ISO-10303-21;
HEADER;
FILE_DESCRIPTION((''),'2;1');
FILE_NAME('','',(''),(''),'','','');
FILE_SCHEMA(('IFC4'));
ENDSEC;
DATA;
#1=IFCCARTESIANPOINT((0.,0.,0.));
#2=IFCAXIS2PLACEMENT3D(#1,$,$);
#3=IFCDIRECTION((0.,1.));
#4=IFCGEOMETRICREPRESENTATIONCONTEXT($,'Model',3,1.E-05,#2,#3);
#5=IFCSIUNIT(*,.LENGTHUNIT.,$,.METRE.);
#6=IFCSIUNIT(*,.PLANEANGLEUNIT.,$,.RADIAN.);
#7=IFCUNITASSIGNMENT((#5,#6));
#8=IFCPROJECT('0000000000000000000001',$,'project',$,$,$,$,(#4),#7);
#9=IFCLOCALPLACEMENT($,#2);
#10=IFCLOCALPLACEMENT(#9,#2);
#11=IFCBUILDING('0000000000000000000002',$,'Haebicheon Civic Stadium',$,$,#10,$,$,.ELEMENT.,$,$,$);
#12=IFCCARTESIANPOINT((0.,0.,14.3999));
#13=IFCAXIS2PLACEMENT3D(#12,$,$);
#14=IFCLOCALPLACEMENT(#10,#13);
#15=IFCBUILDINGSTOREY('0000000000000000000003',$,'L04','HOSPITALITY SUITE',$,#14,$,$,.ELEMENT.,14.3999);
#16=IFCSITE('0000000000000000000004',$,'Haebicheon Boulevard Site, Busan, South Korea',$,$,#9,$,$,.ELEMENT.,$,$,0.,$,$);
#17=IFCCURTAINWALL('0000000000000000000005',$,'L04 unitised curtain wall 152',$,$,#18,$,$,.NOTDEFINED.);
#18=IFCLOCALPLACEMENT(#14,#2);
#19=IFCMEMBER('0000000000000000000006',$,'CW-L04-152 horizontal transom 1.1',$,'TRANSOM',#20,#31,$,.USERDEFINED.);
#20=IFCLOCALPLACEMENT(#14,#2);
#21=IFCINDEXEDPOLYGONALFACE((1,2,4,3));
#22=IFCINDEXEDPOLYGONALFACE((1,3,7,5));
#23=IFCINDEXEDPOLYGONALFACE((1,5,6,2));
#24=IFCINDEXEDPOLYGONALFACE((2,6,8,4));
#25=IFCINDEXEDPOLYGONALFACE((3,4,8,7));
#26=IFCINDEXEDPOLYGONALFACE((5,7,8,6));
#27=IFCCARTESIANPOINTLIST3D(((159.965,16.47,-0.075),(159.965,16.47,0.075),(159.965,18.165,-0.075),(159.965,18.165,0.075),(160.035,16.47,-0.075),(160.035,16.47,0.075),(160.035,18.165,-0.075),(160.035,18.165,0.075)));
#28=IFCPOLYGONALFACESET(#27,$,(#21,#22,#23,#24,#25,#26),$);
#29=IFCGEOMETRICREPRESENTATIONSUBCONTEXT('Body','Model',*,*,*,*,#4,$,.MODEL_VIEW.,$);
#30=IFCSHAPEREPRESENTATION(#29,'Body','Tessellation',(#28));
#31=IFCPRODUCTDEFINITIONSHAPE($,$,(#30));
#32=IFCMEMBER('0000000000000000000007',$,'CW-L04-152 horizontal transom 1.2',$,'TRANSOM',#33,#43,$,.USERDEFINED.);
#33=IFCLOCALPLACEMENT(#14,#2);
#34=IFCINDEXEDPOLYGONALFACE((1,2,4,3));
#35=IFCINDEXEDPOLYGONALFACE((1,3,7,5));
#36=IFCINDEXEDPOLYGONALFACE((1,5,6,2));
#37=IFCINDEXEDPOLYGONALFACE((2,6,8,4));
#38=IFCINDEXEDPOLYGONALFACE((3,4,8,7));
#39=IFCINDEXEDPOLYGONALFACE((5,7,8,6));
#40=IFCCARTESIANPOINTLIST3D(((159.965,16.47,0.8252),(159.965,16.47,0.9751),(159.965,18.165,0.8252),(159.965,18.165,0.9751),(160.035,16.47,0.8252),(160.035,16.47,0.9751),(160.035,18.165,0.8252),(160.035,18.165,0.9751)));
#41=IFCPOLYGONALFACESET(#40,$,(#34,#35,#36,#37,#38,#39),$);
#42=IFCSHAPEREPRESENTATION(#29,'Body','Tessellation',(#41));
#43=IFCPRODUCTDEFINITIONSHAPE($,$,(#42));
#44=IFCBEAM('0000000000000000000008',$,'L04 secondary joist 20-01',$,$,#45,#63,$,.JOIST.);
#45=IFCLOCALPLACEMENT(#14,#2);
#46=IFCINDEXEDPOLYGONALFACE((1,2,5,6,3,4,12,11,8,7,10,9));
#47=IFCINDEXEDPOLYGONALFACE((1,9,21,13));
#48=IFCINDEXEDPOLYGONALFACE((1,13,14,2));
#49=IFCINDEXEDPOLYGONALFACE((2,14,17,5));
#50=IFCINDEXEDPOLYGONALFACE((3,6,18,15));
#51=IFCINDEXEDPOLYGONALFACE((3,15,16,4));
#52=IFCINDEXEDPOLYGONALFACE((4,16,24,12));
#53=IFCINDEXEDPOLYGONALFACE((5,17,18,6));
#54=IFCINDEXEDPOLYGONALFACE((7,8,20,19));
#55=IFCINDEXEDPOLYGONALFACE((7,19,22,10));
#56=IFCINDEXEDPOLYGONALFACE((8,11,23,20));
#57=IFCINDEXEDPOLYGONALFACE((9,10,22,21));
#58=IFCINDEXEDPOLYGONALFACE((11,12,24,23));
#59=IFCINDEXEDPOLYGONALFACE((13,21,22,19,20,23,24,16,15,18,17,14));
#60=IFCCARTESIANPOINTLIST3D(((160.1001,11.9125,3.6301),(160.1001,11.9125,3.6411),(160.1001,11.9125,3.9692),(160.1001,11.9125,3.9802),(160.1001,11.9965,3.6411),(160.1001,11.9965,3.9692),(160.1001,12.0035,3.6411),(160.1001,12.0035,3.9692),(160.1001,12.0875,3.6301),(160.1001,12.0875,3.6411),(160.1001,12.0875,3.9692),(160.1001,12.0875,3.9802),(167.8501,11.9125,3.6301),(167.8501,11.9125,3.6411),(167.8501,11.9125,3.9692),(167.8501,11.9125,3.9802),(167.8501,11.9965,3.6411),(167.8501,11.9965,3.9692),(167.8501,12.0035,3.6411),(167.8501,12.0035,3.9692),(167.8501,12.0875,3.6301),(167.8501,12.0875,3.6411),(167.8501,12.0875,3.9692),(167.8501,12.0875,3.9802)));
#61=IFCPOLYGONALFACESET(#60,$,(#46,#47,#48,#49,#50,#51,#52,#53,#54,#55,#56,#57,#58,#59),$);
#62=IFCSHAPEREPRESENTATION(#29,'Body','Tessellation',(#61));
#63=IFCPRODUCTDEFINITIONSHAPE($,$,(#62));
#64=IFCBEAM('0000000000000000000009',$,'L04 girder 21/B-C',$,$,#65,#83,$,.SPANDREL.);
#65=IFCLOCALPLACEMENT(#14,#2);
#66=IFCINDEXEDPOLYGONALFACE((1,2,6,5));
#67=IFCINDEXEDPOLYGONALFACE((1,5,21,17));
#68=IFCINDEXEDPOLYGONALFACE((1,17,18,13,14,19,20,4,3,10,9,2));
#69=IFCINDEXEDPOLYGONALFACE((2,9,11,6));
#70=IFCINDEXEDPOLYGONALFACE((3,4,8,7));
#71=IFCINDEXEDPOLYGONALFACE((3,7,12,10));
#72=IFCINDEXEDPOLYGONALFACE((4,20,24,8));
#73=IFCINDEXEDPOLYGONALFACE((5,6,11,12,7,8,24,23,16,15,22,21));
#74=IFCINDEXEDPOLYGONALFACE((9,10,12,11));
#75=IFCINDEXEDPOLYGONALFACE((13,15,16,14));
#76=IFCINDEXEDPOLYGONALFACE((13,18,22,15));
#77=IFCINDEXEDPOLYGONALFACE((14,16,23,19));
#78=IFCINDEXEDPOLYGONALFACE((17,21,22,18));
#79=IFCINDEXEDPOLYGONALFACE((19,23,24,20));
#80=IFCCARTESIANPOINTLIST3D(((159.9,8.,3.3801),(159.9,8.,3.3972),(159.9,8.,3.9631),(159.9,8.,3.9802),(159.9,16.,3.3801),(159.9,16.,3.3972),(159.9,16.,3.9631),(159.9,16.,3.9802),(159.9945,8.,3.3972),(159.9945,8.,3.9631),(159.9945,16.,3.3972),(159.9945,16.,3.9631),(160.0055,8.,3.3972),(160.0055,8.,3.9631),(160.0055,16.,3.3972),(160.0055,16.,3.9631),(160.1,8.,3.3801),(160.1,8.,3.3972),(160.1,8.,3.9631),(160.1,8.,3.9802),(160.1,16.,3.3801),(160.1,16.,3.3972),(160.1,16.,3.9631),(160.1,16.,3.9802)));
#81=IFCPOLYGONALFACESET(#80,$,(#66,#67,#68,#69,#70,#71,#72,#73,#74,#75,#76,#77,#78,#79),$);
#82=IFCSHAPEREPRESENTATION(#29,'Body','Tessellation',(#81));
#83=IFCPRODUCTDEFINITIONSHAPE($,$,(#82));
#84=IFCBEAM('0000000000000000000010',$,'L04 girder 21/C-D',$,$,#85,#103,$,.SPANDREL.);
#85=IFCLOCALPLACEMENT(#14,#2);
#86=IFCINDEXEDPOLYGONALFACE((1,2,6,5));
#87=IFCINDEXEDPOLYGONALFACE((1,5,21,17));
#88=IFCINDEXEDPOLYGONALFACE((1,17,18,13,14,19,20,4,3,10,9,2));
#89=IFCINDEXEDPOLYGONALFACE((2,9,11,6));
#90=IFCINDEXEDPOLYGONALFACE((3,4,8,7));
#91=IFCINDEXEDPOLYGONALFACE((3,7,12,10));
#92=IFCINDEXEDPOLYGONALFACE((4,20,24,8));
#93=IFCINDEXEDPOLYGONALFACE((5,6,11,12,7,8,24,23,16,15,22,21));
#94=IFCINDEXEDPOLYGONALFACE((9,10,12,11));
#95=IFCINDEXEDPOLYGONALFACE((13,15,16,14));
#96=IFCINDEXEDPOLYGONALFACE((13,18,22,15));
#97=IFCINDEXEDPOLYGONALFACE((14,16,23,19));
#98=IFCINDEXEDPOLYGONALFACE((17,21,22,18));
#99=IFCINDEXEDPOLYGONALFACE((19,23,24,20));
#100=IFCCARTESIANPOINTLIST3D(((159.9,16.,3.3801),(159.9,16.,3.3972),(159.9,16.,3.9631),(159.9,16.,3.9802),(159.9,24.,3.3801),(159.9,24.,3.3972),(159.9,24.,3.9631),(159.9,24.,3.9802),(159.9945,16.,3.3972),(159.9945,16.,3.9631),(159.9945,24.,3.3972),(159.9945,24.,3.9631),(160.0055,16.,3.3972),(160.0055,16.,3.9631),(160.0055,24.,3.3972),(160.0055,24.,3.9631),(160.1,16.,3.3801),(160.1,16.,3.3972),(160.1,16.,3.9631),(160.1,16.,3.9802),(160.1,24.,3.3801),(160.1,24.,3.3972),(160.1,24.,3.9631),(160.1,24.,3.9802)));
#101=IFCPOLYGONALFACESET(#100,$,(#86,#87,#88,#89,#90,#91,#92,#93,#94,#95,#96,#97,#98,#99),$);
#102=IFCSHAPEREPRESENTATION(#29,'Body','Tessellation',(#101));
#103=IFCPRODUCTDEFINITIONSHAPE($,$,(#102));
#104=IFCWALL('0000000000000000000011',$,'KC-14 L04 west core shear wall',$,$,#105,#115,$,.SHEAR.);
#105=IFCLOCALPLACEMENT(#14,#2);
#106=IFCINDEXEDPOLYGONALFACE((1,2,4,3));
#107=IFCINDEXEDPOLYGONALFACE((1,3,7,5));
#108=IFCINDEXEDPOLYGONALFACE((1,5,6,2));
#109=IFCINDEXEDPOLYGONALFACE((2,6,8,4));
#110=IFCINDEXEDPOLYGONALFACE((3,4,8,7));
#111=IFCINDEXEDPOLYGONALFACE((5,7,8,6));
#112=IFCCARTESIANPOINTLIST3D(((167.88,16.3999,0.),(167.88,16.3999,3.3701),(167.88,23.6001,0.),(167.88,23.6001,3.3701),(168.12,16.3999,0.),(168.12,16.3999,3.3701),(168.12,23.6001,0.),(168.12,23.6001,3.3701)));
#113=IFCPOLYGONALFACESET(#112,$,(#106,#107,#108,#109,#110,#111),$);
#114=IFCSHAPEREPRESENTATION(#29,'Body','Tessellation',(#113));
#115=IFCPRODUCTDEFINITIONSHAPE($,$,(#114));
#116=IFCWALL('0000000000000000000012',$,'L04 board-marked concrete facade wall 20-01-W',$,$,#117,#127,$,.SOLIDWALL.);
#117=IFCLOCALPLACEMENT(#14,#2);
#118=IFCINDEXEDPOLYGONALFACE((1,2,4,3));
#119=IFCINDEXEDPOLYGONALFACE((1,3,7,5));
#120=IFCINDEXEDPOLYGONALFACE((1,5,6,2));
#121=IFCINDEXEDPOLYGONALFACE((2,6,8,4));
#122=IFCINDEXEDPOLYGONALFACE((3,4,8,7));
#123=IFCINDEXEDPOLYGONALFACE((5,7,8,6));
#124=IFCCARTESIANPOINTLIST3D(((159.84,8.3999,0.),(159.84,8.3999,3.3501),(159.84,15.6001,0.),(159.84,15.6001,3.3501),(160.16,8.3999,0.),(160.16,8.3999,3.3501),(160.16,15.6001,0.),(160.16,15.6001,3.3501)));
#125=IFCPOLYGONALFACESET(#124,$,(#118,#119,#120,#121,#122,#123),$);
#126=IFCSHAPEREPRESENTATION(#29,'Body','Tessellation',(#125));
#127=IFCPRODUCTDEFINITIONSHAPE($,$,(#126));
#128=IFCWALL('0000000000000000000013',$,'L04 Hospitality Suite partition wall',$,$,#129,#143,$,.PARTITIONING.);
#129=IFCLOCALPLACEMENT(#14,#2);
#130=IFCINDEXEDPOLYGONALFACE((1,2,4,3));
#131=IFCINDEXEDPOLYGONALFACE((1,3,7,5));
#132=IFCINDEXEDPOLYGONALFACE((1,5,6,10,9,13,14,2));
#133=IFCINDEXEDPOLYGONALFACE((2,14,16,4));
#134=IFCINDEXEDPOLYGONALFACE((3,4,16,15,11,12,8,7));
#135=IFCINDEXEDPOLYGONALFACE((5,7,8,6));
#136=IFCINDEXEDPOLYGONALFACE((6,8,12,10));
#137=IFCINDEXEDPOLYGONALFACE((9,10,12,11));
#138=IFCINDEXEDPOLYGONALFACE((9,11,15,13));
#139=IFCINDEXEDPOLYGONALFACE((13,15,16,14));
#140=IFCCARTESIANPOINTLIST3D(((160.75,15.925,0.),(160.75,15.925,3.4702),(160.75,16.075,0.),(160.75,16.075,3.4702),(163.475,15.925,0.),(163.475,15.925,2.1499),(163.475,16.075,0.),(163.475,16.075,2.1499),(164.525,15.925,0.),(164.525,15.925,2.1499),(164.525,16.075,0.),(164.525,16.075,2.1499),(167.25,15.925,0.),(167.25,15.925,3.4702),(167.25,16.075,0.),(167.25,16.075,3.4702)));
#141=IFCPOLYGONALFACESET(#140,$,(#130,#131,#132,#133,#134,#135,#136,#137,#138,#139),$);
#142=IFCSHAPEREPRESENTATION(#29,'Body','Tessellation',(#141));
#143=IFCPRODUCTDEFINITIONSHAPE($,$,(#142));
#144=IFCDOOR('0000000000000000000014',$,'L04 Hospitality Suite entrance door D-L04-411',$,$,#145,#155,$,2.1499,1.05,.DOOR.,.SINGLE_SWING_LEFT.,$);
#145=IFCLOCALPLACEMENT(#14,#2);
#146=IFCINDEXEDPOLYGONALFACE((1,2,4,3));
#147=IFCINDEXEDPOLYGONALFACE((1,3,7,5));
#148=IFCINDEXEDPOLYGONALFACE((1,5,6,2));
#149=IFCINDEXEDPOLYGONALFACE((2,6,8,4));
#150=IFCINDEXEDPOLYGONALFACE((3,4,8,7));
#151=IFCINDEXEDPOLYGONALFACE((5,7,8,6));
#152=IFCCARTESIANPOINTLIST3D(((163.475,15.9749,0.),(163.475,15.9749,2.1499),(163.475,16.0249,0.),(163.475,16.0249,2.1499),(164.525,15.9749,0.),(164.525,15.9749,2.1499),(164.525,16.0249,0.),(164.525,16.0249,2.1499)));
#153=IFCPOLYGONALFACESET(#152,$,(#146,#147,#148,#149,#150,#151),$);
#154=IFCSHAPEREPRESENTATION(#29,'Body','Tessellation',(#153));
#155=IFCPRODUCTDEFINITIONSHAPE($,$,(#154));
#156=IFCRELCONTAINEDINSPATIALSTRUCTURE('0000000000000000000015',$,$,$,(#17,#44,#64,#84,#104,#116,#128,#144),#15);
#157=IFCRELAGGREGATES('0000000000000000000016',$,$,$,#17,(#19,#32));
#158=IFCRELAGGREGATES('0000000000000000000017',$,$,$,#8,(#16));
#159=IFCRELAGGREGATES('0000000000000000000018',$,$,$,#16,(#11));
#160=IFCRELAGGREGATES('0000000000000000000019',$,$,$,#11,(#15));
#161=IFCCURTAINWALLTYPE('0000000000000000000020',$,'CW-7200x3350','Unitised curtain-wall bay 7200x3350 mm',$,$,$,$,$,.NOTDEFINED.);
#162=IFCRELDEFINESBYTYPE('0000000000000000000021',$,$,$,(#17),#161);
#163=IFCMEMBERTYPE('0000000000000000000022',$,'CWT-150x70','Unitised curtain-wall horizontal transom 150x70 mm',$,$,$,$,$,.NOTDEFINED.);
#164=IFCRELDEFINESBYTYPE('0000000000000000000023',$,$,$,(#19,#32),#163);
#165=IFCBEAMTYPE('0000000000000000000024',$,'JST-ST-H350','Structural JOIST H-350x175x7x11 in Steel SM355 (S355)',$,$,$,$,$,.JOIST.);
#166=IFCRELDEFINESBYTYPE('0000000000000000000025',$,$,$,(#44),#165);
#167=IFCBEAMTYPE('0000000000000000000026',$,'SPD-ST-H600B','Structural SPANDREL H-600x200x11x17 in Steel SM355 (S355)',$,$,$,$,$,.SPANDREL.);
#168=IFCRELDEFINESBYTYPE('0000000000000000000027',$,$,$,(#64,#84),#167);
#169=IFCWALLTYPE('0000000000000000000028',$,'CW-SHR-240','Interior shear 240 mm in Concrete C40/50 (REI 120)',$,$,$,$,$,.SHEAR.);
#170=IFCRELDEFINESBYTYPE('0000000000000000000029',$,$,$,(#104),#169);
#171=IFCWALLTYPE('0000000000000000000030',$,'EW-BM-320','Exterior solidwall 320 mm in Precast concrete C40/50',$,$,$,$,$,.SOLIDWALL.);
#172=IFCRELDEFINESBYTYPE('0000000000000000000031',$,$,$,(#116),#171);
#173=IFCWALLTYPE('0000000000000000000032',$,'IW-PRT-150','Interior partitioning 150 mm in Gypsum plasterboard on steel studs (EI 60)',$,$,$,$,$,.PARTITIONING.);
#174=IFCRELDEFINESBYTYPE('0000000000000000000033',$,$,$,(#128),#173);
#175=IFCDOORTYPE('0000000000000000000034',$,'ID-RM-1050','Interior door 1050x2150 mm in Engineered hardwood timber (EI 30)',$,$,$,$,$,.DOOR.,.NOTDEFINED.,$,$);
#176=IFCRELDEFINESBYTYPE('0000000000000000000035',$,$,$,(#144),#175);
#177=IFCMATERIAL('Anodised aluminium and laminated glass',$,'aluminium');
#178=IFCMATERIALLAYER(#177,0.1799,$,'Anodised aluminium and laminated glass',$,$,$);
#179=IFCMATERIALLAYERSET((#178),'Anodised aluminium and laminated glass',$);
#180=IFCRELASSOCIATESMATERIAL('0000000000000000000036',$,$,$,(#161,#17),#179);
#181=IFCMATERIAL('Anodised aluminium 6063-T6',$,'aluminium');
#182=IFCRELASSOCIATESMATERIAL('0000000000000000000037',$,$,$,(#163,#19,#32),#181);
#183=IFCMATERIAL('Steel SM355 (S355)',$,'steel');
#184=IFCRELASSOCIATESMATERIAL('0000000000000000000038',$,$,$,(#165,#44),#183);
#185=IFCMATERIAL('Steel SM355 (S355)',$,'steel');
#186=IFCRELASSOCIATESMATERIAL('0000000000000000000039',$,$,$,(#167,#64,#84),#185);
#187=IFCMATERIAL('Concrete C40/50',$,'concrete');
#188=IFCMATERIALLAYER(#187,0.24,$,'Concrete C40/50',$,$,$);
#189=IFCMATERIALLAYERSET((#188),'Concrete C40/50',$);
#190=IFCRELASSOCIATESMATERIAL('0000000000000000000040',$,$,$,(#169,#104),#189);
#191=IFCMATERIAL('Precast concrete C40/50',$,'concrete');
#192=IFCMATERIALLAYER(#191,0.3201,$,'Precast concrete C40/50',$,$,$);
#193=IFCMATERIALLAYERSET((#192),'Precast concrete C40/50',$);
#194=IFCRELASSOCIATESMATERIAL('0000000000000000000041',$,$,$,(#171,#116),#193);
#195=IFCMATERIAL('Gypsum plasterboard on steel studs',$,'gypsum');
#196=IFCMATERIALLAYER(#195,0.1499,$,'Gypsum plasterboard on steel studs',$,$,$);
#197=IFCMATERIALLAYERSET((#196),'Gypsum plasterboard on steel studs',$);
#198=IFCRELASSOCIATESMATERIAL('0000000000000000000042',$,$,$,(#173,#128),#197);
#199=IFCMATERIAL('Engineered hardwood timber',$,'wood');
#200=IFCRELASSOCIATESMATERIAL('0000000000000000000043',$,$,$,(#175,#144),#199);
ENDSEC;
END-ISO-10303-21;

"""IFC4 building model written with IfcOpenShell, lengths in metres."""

from ifc_helpers import new_model, si_unit, direction, frame, frame_2d, origin, origin_2d, place, context, subcontext, project, spatial, rectangle, i_section, extrude, material, layer, layer_set, material_profile, profile_set, type_object, element, fill, aggregate, save


model = new_model("IFC4")

# Units and contexts
model_context = context("Model", 3, precision=1e-05, world=origin(), true_north=direction((0.0, 1.0)))
body_context = subcontext(model_context, "Body", "Model", "MODEL_VIEW")
ifc_project = project(units=[si_unit("LENGTHUNIT", "METRE"), si_unit("PLANEANGLEUNIT", "RADIAN")], contexts=[model_context])

# Site, building, storey
site_placement = place(None, origin())
site = spatial("IfcSite", under=ifc_project, at=site_placement, Name="Haebicheon Boulevard Site, Busan, South Korea", CompositionType="ELEMENT", RefElevation=0.0)
building_placement = place(site_placement, origin())
building = spatial("IfcBuilding", under=site, at=building_placement, Name="Haebicheon Civic Stadium", CompositionType="ELEMENT")
storey_placement = place(building_placement, frame((0.0, 0.0, 14.3999)))
storey = spatial("IfcBuildingStorey", under=building, at=storey_placement, Name="L04", Description="HOSPITALITY SUITE", CompositionType="ELEMENT", Elevation=14.3999)

# Shared definitions
ifc_material_1 = material(Name="Anodised aluminium and laminated glass", Category="aluminium")
ifc_layer_1 = layer(ifc_material_1, 0.1799, Name="Anodised aluminium and laminated glass")
ifc_layer_set_1 = layer_set([ifc_layer_1], Name="Anodised aluminium and laminated glass")
curtain_wall_type = type_object("IfcCurtainWallType", Name="CW-7200x3350", Description="Unitised curtain-wall bay 7200x3350 mm", PredefinedType="NOTDEFINED", material=ifc_layer_set_1)

# Curtain wall, members
curtain_wall_1_placement = place(storey_placement, origin())
curtain_wall_1 = element("IfcCurtainWall", 1, at=curtain_wall_1_placement, inside=storey, type_object=curtain_wall_type, material=ifc_layer_set_1, Name="L04 unitised curtain wall 152", PredefinedType="NOTDEFINED")
ifc_material_2 = material(Name="Anodised aluminium 6063-T6", Category="aluminium")
ifc_material_profile_1 = material_profile(ifc_material_2, rectangle(XDim=0.0701, YDim=0.1499, at=origin_2d()), Name="ALU-TRAN-70x150")
ifc_profile_set_1 = profile_set([ifc_material_profile_1], Name="Anodised aluminium 6063-T6")
member_type_1 = type_object("IfcMemberType", Name="CWT-150x70", Description="Unitised curtain-wall horizontal transom 150x70 mm", PredefinedType="NOTDEFINED", material=ifc_profile_set_1)
member_1_placement = place(storey_placement, frame((160.0, 16.47, 0.0), z_axis=(0.0, 1.0, 0.0), x_axis=(-1.0, 0.0, 0.0)))
member_1 = element("IfcMember", 2, at=member_1_placement, type_object=member_type_1, material=ifc_profile_set_1, Name="CW-L04-152 horizontal transom 1.1", ObjectType="TRANSOM", PredefinedType="USERDEFINED", context=body_context, shape_type="SweptSolid", body=[
    extrude(rectangle(XDim=0.0701, YDim=0.1499, at=origin_2d()), origin(), (0.0, 0.0, 1.0), 1.6951),
])
member_2_placement = place(storey_placement, frame((160.0, 16.47, 0.9001), z_axis=(0.0, 1.0, 0.0), x_axis=(-1.0, 0.0, 0.0)))
member_2 = element("IfcMember", 3, at=member_2_placement, type_object=member_type_1, material=ifc_profile_set_1, Name="CW-L04-152 horizontal transom 1.2", ObjectType="TRANSOM", PredefinedType="USERDEFINED", context=body_context, shape_type="SweptSolid", body=[
    extrude(rectangle(XDim=0.0701, YDim=0.1499, at=origin_2d()), origin(), (0.0, 0.0, 1.0), 1.6951),
])
aggregate(curtain_wall_1, [member_1, member_2])

# Beams
ifc_material_3 = material(Name="Steel SM355 (S355)", Category="steel")
ifc_material_profile_2 = material_profile(ifc_material_3, i_section(OverallWidth=0.175, OverallDepth=0.3501, WebThickness=0.0071, FlangeThickness=0.011, at=origin_2d()), Name="H-350x175x7x11")
ifc_profile_set_2 = profile_set([ifc_material_profile_2], Name="Steel SM355 (S355)")
beam_type_1 = type_object("IfcBeamType", Name="JST-ST-H350", Description="Structural JOIST H-350x175x7x11 in Steel SM355 (S355)", PredefinedType="JOIST", material=ifc_profile_set_2)
beam_placement = place(storey_placement, frame((160.1001, 12.0, 3.8052), z_axis=(1.0, 0.0, 0.0), x_axis=(0.0, 1.0, 0.0)))
element("IfcBeam", 4, at=beam_placement, inside=storey, type_object=beam_type_1, material=ifc_profile_set_2, Name="L04 secondary joist 20-01", PredefinedType="JOIST", context=body_context, shape_type="SweptSolid", body=[
    extrude(i_section(OverallWidth=0.175, OverallDepth=0.3501, WebThickness=0.0071, FlangeThickness=0.011, at=origin_2d()), origin(), (0.0, 0.0, 1.0), 7.75),
])
ifc_material_4 = material(Name="Steel SM355 (S355)", Category="steel")
ifc_material_profile_3 = material_profile(ifc_material_4, i_section(OverallWidth=0.2, OverallDepth=0.6001, WebThickness=0.011, FlangeThickness=0.0171, at=origin_2d()), Name="H-600x200x11x17")
ifc_profile_set_3 = profile_set([ifc_material_profile_3], Name="Steel SM355 (S355)")
beam_type_2 = type_object("IfcBeamType", Name="SPD-ST-H600B", Description="Structural SPANDREL H-600x200x11x17 in Steel SM355 (S355)", PredefinedType="SPANDREL", material=ifc_profile_set_3)
for number, where, z_axis, x_axis, name in (
    (5, (160.0, 8.0, 3.6802), (0.0, 1.0, 0.0), (-1.0, 0.0, 0.0), "L04 girder 21/B-C"),
    (6, (160.0, 16.0, 3.6802), (0.0, 1.0, 0.0), (-1.0, 0.0, 0.0), "L04 girder 21/C-D"),
):
    element("IfcBeam", number, at=place(storey_placement, frame(where, z_axis=z_axis, x_axis=x_axis)), inside=storey, type_object=beam_type_2, material=ifc_profile_set_3, Name=name, PredefinedType="SPANDREL", context=body_context, shape_type="SweptSolid", body=[
        extrude(i_section(OverallWidth=0.2, OverallDepth=0.6001, WebThickness=0.011, FlangeThickness=0.0171, at=origin_2d()), origin(), (0.0, 0.0, 1.0), 8.0),
    ])

# Walls
ifc_material_5 = material(Name="Concrete C40/50", Category="concrete")
ifc_layer_2 = layer(ifc_material_5, 0.24, Name="Concrete C40/50")
ifc_layer_set_2 = layer_set([ifc_layer_2], Name="Concrete C40/50")
wall_type_1 = type_object("IfcWallType", Name="CW-SHR-240", Description="Interior shear 240 mm in Concrete C40/50 (REI 120)", PredefinedType="SHEAR", material=ifc_layer_set_2)
wall_1_placement = place(storey_placement, frame((168.0, 16.3999, 0.0), z_axis=(0.0, 0.0, 1.0), x_axis=(0.0, 1.0, 0.0)))
element("IfcWall", 7, at=wall_1_placement, inside=storey, type_object=wall_type_1, material=ifc_layer_set_2, Name="KC-14 L04 west core shear wall", PredefinedType="SHEAR", context=body_context, shape_type="SweptSolid", body=[
    extrude(rectangle(XDim=7.2002, YDim=0.24, at=frame_2d((3.6001, 0.0))), origin(), (0.0, 0.0, 1.0), 3.3701),
])
ifc_material_6 = material(Name="Precast concrete C40/50", Category="concrete")
ifc_layer_3 = layer(ifc_material_6, 0.3201, Name="Precast concrete C40/50")
ifc_layer_set_3 = layer_set([ifc_layer_3], Name="Precast concrete C40/50")
wall_type_2 = type_object("IfcWallType", Name="EW-BM-320", Description="Exterior solidwall 320 mm in Precast concrete C40/50", PredefinedType="SOLIDWALL", material=ifc_layer_set_3)
wall_2_placement = place(storey_placement, frame((160.0, 8.3999, 0.0), z_axis=(0.0, 0.0, 1.0), x_axis=(0.0, 1.0, 0.0)))
element("IfcWall", 8, at=wall_2_placement, inside=storey, type_object=wall_type_2, material=ifc_layer_set_3, Name="L04 board-marked concrete facade wall 20-01-W", PredefinedType="SOLIDWALL", context=body_context, shape_type="SweptSolid", body=[
    extrude(rectangle(XDim=7.2002, YDim=0.3201, at=frame_2d((3.6001, 0.0))), origin(), (0.0, 0.0, 1.0), 3.3501),
])

# Wall, opening, door
ifc_material_7 = material(Name="Gypsum plasterboard on steel studs", Category="gypsum")
ifc_layer_4 = layer(ifc_material_7, 0.1499, Name="Gypsum plasterboard on steel studs")
ifc_layer_set_4 = layer_set([ifc_layer_4], Name="Gypsum plasterboard on steel studs")
wall_type_3 = type_object("IfcWallType", Name="IW-PRT-150", Description="Interior partitioning 150 mm in Gypsum plasterboard on steel studs (EI 60)", PredefinedType="PARTITIONING", material=ifc_layer_set_4)
wall_3_placement = place(storey_placement, frame((160.75, 16.0, 0.0), z_axis=(0.0, 0.0, 1.0), x_axis=(1.0, 0.0, 0.0)))
wall_3 = element("IfcWall", 9, at=wall_3_placement, inside=storey, type_object=wall_type_3, material=ifc_layer_set_4, Name="L04 Hospitality Suite partition wall", PredefinedType="PARTITIONING", context=body_context, shape_type="SweptSolid", body=[
    extrude(rectangle(XDim=6.5, YDim=0.1499, at=frame_2d((3.25, 0.0))), origin(), (0.0, 0.0, 1.0), 3.4702),
])
opening_placement = place(wall_3_placement, frame((2.7251, 0.0, 0.0)))
opening = element("IfcOpeningElement", 10, at=opening_placement, cuts=wall_3, PredefinedType="OPENING", context=body_context, shape_type="SweptSolid", body=[
    extrude(rectangle(XDim=1.05, YDim=2.1499, at=frame_2d((0.5249, 1.075))), frame((0.0, 0.085, 0.0), z_axis=(0.0, -1.0, 0.0), x_axis=(1.0, 0.0, 0.0)), (0.0, 0.0, 1.0), 0.1699),
])
ifc_material_8 = material(Name="Engineered hardwood timber", Category="wood")
door_type = type_object("IfcDoorType", Name="ID-RM-1050", Description="Interior door 1050x2150 mm in Engineered hardwood timber (EI 30)", OperationType="NOTDEFINED", PredefinedType="DOOR", material=ifc_material_8)
door_placement = place(opening_placement, origin())
door = element("IfcDoor", 11, at=door_placement, inside=storey, type_object=door_type, material=ifc_material_8, Name="L04 Hospitality Suite entrance door D-L04-411", OperationType="SINGLE_SWING_LEFT", OverallHeight=2.1499, OverallWidth=1.05, PredefinedType="DOOR", context=body_context, shape_type="SweptSolid", body=[
    extrude(rectangle(XDim=1.05, YDim=2.1499, at=frame_2d((0.5249, 1.075))), frame((0.0, 0.0249, 0.0), z_axis=(0.0, -1.0, 0.0), x_axis=(1.0, 0.0, 0.0)), (0.0, 0.0, 1.0), 0.05),
])
fill(opening, door)

save(model, "model.ifc")
